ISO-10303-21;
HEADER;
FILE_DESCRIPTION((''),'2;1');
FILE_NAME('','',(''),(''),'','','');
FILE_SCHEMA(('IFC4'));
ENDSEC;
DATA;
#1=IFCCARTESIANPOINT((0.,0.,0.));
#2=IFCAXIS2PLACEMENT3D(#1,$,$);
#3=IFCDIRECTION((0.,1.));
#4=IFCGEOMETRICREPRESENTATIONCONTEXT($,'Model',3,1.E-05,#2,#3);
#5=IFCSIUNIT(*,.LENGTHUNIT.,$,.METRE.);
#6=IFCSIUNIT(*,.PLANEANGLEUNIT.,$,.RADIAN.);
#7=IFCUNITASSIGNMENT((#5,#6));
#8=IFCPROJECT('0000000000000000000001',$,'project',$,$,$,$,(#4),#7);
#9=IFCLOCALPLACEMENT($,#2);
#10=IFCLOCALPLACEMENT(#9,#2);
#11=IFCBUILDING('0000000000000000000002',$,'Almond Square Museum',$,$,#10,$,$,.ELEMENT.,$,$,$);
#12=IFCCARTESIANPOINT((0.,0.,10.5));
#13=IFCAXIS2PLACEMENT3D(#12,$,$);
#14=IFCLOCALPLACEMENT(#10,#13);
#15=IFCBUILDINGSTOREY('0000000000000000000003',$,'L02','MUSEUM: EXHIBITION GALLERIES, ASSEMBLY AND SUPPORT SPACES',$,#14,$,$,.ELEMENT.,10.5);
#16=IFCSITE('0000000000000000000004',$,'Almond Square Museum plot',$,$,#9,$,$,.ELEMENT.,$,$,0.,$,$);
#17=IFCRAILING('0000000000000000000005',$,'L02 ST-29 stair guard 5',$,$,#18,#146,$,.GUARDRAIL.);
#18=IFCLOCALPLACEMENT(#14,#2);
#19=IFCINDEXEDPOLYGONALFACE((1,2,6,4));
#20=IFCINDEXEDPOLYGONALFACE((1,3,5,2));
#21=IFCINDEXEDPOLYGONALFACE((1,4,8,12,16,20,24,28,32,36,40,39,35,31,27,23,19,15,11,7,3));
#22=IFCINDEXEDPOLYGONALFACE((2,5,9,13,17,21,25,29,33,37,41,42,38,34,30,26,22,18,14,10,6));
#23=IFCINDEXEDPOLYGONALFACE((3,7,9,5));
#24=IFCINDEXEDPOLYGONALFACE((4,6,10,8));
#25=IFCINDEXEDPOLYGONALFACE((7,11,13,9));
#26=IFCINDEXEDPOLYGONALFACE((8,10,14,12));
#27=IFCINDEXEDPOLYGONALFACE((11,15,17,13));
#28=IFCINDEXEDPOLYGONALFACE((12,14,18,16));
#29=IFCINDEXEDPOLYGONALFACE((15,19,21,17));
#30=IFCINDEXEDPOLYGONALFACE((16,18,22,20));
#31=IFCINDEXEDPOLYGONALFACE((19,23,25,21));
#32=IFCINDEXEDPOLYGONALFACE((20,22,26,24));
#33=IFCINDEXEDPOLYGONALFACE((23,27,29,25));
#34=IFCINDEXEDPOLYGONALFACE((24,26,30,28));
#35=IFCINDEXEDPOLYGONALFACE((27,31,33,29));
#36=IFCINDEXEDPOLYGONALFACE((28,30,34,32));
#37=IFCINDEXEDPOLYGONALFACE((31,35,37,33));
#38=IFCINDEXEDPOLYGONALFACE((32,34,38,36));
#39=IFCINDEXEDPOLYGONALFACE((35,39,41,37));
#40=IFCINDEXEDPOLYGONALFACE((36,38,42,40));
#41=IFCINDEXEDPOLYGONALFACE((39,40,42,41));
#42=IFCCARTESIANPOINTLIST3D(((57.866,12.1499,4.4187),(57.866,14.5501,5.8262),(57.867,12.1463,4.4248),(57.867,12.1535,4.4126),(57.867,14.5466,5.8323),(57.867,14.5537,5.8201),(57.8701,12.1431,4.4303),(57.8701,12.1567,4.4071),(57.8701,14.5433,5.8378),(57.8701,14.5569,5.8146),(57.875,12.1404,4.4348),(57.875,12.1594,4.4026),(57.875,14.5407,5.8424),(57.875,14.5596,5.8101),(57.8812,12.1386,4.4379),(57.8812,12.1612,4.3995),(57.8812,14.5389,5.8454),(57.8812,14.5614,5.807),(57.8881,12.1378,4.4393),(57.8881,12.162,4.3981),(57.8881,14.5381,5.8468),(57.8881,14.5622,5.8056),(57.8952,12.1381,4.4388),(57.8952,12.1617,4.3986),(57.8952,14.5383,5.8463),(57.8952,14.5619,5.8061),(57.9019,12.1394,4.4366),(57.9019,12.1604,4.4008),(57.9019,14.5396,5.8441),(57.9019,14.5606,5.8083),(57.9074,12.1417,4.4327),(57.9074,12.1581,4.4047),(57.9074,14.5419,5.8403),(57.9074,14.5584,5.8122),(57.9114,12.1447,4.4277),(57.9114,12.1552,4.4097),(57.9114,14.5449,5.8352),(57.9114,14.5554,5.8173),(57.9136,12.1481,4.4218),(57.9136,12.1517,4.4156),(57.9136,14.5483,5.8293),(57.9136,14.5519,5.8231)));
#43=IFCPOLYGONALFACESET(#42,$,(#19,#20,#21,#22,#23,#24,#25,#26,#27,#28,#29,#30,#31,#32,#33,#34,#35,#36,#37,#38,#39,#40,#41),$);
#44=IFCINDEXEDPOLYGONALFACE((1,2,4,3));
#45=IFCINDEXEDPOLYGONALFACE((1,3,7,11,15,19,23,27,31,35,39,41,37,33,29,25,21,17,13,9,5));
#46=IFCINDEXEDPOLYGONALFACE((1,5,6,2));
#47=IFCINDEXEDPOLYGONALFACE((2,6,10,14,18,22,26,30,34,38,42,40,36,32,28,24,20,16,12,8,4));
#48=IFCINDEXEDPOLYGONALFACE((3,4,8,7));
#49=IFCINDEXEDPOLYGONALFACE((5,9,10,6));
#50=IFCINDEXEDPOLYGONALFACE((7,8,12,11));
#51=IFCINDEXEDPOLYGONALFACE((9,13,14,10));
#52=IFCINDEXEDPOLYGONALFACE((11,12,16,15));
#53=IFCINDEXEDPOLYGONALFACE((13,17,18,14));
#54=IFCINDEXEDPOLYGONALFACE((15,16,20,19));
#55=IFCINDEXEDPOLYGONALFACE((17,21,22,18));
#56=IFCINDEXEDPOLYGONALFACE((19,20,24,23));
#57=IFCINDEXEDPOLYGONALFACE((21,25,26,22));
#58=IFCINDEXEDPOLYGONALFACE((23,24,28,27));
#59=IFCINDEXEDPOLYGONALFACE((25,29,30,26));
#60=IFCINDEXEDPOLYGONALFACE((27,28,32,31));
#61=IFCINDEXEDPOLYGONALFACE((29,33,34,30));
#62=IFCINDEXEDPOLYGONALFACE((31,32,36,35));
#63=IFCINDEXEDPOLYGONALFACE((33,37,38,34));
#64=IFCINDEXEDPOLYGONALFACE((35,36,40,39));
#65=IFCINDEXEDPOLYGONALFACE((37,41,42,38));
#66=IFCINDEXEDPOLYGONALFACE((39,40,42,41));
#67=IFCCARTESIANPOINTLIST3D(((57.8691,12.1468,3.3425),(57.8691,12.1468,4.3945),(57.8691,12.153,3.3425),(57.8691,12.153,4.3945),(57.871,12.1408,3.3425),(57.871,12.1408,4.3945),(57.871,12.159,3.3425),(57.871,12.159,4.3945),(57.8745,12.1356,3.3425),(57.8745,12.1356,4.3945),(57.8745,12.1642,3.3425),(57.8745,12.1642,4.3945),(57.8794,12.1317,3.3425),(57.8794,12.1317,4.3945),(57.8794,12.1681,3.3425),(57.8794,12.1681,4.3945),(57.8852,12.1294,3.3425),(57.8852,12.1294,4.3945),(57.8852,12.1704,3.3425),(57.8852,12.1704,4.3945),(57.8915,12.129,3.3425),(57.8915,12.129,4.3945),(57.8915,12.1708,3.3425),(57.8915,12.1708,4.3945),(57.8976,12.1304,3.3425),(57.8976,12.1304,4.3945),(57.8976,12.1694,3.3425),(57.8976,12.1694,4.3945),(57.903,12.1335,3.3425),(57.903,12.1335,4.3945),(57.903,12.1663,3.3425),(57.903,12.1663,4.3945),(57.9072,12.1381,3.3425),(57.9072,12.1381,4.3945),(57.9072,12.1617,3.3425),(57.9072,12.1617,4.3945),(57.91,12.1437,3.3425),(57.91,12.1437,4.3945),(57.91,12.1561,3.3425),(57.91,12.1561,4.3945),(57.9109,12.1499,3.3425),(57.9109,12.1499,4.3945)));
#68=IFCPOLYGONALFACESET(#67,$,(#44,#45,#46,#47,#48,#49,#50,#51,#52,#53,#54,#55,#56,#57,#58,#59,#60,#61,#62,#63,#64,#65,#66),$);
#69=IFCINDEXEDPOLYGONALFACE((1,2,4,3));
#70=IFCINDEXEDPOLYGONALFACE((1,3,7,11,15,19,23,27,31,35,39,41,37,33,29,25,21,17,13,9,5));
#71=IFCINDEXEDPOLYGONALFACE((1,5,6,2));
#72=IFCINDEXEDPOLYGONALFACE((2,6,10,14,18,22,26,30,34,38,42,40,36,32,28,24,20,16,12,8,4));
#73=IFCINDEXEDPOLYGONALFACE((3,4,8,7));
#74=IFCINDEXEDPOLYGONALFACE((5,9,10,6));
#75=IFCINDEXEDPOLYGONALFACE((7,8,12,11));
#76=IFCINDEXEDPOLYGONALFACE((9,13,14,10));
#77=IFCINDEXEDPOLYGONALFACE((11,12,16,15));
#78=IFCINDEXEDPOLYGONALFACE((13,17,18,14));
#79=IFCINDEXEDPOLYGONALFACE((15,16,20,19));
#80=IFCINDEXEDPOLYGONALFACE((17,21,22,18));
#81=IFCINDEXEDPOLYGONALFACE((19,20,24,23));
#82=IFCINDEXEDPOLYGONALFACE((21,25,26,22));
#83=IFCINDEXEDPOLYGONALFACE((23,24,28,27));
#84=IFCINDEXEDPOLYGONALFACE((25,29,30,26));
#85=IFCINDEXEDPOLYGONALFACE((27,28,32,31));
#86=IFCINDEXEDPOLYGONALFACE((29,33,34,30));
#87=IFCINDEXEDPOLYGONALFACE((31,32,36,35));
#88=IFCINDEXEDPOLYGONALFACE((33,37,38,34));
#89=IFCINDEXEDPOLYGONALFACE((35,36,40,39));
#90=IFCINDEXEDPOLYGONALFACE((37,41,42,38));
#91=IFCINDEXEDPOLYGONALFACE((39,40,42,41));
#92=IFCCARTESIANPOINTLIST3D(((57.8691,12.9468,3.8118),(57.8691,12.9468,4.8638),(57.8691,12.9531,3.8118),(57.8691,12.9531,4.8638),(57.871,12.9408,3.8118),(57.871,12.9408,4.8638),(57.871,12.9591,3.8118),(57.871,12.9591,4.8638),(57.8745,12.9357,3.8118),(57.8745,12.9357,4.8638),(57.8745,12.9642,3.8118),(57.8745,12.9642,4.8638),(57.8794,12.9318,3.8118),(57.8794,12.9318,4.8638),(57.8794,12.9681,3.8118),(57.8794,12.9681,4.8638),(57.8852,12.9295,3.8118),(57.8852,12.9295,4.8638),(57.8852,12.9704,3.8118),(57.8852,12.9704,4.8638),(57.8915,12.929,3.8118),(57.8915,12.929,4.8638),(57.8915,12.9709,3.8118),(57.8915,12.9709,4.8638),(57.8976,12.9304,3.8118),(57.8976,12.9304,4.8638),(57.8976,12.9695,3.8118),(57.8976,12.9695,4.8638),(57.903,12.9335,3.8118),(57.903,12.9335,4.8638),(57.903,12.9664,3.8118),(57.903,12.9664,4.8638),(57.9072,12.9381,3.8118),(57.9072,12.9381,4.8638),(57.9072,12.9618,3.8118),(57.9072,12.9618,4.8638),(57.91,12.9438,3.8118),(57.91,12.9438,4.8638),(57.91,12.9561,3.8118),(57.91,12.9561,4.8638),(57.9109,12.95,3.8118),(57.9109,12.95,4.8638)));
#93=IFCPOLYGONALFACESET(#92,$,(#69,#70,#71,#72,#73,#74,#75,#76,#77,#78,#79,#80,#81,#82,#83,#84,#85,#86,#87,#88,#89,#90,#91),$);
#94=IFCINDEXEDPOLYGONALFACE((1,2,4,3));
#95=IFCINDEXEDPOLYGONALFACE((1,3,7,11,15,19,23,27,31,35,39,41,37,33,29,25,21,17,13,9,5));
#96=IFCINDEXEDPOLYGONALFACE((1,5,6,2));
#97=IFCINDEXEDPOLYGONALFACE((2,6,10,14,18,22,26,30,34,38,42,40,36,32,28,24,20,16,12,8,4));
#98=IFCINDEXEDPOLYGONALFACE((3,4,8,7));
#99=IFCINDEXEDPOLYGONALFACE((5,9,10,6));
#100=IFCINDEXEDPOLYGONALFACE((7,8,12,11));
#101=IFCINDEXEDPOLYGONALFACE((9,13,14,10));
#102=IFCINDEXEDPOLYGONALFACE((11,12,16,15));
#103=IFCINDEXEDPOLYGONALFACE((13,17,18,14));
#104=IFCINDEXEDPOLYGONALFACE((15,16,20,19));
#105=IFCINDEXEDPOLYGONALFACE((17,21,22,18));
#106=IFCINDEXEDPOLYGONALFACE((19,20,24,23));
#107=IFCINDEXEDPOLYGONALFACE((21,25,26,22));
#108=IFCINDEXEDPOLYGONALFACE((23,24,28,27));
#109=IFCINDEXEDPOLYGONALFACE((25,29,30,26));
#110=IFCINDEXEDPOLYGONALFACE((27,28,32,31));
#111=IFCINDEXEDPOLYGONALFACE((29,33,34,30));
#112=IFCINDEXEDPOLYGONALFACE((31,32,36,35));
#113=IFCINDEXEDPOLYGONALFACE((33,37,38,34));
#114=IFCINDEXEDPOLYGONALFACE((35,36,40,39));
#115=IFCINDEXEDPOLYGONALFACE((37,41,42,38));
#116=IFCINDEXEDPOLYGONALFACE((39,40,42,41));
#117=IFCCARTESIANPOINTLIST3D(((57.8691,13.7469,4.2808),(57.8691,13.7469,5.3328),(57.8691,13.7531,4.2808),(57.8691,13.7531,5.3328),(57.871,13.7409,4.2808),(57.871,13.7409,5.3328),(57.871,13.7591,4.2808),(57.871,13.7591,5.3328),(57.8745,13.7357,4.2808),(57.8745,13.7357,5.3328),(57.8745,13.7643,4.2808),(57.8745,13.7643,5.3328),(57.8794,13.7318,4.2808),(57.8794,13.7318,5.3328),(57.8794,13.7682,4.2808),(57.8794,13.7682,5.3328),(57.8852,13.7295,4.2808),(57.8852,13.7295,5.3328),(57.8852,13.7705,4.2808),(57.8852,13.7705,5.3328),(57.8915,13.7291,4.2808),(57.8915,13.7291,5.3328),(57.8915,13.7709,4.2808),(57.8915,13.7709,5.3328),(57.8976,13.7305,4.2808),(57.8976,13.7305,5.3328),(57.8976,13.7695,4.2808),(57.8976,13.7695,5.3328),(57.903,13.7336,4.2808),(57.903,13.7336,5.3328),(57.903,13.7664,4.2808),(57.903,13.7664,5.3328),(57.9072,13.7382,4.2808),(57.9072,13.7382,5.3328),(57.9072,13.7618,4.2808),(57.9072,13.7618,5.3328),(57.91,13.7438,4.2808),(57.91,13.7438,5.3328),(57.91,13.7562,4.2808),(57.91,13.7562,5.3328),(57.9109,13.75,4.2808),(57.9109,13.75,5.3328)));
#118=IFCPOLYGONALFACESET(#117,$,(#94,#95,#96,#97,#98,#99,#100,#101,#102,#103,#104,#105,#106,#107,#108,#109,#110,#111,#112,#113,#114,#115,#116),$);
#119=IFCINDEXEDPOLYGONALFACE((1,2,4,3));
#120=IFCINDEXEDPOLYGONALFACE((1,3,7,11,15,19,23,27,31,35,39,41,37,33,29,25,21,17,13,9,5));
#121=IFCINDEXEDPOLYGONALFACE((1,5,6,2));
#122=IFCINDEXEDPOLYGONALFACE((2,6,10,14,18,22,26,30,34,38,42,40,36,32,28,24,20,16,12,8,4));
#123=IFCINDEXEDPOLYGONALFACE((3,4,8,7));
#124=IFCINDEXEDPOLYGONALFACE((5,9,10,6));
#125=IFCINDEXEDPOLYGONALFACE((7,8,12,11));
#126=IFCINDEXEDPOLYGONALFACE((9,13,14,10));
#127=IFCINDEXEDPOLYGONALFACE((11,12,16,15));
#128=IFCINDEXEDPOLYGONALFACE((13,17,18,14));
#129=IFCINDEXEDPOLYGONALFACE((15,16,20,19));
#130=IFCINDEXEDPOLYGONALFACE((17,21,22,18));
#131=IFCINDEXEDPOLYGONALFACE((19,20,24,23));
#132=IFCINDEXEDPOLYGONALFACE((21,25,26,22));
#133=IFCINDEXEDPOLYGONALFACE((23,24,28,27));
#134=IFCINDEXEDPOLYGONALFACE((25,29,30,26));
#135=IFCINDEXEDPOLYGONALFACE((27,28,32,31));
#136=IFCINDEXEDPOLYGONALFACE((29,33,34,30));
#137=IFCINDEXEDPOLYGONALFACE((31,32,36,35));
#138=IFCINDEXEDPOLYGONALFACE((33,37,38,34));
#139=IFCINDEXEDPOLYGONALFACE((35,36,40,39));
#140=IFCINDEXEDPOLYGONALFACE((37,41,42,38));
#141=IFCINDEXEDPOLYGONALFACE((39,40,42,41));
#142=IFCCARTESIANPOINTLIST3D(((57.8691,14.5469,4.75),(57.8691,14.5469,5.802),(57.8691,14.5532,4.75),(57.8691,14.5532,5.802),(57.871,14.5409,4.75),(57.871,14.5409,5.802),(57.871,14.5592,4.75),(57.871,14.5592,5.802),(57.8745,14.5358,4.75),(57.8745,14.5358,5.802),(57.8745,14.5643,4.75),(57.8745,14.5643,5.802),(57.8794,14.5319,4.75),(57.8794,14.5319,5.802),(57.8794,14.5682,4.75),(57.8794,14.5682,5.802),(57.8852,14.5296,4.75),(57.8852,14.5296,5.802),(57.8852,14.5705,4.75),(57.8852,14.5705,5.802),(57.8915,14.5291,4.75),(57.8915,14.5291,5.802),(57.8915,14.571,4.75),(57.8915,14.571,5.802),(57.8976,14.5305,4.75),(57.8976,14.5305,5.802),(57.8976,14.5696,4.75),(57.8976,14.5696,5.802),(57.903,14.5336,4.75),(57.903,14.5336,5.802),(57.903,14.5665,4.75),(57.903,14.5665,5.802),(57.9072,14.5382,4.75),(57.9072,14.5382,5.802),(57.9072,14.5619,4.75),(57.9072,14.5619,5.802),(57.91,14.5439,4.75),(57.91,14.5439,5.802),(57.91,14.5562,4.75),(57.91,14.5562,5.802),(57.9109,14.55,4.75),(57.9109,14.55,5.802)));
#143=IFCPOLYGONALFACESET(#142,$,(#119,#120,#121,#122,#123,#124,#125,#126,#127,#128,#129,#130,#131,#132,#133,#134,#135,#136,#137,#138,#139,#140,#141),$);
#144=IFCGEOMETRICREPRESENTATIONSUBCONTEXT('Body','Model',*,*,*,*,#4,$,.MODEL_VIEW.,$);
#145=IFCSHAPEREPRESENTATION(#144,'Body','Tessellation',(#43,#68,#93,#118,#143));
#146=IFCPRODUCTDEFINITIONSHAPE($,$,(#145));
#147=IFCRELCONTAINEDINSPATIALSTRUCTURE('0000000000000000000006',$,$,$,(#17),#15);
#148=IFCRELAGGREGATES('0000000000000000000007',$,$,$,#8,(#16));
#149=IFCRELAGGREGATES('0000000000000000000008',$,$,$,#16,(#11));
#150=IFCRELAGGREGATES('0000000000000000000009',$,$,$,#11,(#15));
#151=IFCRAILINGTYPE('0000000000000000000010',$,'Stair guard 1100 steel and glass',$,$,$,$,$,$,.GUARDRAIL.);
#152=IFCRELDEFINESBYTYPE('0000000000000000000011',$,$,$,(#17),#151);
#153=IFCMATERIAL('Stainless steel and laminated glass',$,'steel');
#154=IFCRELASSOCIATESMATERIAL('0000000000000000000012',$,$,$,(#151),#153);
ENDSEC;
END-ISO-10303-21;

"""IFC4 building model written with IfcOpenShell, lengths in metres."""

from ifc_helpers import new_model, si_unit, direction, frame, origin, origin_2d, place, context, subcontext, project, spatial, circle, extrude, material, type_object, element, save


model = new_model("IFC4")

# Units and contexts
model_context = context("Model", 3, precision=1e-05, world=origin(), true_north=direction((0.0, 1.0)))
body_context = subcontext(model_context, "Body", "Model", "MODEL_VIEW")
ifc_project = project(units=[si_unit("LENGTHUNIT", "METRE"), si_unit("PLANEANGLEUNIT", "RADIAN")], contexts=[model_context])

# Site, building, storey
site_placement = place(None, origin())
site = spatial("IfcSite", under=ifc_project, at=site_placement, Name="Almond Square Museum plot", CompositionType="ELEMENT", RefElevation=0.0)
building_placement = place(site_placement, origin())
building = spatial("IfcBuilding", under=site, at=building_placement, Name="Almond Square Museum", CompositionType="ELEMENT")
storey_placement = place(building_placement, frame((0.0, 0.0, 10.5)))
storey = spatial("IfcBuildingStorey", under=building, at=storey_placement, Name="L02", Description="MUSEUM: EXHIBITION GALLERIES, ASSEMBLY AND SUPPORT SPACES", CompositionType="ELEMENT", Elevation=10.5)

# Railing
ifc_material_1 = material(Name="Stainless steel and laminated glass", Category="steel")
railing_type_1 = type_object("IfcRailingType", Name="Stair guard 1100 steel and glass", PredefinedType="GUARDRAIL", material=ifc_material_1)
railing_1_placement = place(storey_placement, frame((57.8899, 12.1499, 3.3425)))
element("IfcRailing", 1, at=railing_1_placement, inside=storey, type_object=railing_type_1, Name="L02 ST-29 stair guard 5", PredefinedType="GUARDRAIL", context=body_context, shape_type="SweptSolid", body=[
    extrude(circle(Radius=0.0239, at=origin_2d()), frame((0.0, 0.0, 1.0762), z_axis=(0.0, 0.862621, 0.50585), x_axis=(-1.0, 0.0, 0.0)), (0.0, 0.0, 1.0), 2.7825),
    extrude(circle(Radius=0.021, at=origin_2d()), origin(), (0.0, 0.0, 1.0), 1.052),
    extrude(circle(Radius=0.021, at=origin_2d()), frame((0.0, 0.8, 0.4692)), (0.0, 0.0, 1.0), 1.052),
    extrude(circle(Radius=0.021, at=origin_2d()), frame((0.0, 1.6001, 0.9382)), (0.0, 0.0, 1.0), 1.052),
    extrude(circle(Radius=0.021, at=origin_2d()), frame((0.0, 2.4001, 1.4075)), (0.0, 0.0, 1.0), 1.052),
])

save(model, "model.ifc")
